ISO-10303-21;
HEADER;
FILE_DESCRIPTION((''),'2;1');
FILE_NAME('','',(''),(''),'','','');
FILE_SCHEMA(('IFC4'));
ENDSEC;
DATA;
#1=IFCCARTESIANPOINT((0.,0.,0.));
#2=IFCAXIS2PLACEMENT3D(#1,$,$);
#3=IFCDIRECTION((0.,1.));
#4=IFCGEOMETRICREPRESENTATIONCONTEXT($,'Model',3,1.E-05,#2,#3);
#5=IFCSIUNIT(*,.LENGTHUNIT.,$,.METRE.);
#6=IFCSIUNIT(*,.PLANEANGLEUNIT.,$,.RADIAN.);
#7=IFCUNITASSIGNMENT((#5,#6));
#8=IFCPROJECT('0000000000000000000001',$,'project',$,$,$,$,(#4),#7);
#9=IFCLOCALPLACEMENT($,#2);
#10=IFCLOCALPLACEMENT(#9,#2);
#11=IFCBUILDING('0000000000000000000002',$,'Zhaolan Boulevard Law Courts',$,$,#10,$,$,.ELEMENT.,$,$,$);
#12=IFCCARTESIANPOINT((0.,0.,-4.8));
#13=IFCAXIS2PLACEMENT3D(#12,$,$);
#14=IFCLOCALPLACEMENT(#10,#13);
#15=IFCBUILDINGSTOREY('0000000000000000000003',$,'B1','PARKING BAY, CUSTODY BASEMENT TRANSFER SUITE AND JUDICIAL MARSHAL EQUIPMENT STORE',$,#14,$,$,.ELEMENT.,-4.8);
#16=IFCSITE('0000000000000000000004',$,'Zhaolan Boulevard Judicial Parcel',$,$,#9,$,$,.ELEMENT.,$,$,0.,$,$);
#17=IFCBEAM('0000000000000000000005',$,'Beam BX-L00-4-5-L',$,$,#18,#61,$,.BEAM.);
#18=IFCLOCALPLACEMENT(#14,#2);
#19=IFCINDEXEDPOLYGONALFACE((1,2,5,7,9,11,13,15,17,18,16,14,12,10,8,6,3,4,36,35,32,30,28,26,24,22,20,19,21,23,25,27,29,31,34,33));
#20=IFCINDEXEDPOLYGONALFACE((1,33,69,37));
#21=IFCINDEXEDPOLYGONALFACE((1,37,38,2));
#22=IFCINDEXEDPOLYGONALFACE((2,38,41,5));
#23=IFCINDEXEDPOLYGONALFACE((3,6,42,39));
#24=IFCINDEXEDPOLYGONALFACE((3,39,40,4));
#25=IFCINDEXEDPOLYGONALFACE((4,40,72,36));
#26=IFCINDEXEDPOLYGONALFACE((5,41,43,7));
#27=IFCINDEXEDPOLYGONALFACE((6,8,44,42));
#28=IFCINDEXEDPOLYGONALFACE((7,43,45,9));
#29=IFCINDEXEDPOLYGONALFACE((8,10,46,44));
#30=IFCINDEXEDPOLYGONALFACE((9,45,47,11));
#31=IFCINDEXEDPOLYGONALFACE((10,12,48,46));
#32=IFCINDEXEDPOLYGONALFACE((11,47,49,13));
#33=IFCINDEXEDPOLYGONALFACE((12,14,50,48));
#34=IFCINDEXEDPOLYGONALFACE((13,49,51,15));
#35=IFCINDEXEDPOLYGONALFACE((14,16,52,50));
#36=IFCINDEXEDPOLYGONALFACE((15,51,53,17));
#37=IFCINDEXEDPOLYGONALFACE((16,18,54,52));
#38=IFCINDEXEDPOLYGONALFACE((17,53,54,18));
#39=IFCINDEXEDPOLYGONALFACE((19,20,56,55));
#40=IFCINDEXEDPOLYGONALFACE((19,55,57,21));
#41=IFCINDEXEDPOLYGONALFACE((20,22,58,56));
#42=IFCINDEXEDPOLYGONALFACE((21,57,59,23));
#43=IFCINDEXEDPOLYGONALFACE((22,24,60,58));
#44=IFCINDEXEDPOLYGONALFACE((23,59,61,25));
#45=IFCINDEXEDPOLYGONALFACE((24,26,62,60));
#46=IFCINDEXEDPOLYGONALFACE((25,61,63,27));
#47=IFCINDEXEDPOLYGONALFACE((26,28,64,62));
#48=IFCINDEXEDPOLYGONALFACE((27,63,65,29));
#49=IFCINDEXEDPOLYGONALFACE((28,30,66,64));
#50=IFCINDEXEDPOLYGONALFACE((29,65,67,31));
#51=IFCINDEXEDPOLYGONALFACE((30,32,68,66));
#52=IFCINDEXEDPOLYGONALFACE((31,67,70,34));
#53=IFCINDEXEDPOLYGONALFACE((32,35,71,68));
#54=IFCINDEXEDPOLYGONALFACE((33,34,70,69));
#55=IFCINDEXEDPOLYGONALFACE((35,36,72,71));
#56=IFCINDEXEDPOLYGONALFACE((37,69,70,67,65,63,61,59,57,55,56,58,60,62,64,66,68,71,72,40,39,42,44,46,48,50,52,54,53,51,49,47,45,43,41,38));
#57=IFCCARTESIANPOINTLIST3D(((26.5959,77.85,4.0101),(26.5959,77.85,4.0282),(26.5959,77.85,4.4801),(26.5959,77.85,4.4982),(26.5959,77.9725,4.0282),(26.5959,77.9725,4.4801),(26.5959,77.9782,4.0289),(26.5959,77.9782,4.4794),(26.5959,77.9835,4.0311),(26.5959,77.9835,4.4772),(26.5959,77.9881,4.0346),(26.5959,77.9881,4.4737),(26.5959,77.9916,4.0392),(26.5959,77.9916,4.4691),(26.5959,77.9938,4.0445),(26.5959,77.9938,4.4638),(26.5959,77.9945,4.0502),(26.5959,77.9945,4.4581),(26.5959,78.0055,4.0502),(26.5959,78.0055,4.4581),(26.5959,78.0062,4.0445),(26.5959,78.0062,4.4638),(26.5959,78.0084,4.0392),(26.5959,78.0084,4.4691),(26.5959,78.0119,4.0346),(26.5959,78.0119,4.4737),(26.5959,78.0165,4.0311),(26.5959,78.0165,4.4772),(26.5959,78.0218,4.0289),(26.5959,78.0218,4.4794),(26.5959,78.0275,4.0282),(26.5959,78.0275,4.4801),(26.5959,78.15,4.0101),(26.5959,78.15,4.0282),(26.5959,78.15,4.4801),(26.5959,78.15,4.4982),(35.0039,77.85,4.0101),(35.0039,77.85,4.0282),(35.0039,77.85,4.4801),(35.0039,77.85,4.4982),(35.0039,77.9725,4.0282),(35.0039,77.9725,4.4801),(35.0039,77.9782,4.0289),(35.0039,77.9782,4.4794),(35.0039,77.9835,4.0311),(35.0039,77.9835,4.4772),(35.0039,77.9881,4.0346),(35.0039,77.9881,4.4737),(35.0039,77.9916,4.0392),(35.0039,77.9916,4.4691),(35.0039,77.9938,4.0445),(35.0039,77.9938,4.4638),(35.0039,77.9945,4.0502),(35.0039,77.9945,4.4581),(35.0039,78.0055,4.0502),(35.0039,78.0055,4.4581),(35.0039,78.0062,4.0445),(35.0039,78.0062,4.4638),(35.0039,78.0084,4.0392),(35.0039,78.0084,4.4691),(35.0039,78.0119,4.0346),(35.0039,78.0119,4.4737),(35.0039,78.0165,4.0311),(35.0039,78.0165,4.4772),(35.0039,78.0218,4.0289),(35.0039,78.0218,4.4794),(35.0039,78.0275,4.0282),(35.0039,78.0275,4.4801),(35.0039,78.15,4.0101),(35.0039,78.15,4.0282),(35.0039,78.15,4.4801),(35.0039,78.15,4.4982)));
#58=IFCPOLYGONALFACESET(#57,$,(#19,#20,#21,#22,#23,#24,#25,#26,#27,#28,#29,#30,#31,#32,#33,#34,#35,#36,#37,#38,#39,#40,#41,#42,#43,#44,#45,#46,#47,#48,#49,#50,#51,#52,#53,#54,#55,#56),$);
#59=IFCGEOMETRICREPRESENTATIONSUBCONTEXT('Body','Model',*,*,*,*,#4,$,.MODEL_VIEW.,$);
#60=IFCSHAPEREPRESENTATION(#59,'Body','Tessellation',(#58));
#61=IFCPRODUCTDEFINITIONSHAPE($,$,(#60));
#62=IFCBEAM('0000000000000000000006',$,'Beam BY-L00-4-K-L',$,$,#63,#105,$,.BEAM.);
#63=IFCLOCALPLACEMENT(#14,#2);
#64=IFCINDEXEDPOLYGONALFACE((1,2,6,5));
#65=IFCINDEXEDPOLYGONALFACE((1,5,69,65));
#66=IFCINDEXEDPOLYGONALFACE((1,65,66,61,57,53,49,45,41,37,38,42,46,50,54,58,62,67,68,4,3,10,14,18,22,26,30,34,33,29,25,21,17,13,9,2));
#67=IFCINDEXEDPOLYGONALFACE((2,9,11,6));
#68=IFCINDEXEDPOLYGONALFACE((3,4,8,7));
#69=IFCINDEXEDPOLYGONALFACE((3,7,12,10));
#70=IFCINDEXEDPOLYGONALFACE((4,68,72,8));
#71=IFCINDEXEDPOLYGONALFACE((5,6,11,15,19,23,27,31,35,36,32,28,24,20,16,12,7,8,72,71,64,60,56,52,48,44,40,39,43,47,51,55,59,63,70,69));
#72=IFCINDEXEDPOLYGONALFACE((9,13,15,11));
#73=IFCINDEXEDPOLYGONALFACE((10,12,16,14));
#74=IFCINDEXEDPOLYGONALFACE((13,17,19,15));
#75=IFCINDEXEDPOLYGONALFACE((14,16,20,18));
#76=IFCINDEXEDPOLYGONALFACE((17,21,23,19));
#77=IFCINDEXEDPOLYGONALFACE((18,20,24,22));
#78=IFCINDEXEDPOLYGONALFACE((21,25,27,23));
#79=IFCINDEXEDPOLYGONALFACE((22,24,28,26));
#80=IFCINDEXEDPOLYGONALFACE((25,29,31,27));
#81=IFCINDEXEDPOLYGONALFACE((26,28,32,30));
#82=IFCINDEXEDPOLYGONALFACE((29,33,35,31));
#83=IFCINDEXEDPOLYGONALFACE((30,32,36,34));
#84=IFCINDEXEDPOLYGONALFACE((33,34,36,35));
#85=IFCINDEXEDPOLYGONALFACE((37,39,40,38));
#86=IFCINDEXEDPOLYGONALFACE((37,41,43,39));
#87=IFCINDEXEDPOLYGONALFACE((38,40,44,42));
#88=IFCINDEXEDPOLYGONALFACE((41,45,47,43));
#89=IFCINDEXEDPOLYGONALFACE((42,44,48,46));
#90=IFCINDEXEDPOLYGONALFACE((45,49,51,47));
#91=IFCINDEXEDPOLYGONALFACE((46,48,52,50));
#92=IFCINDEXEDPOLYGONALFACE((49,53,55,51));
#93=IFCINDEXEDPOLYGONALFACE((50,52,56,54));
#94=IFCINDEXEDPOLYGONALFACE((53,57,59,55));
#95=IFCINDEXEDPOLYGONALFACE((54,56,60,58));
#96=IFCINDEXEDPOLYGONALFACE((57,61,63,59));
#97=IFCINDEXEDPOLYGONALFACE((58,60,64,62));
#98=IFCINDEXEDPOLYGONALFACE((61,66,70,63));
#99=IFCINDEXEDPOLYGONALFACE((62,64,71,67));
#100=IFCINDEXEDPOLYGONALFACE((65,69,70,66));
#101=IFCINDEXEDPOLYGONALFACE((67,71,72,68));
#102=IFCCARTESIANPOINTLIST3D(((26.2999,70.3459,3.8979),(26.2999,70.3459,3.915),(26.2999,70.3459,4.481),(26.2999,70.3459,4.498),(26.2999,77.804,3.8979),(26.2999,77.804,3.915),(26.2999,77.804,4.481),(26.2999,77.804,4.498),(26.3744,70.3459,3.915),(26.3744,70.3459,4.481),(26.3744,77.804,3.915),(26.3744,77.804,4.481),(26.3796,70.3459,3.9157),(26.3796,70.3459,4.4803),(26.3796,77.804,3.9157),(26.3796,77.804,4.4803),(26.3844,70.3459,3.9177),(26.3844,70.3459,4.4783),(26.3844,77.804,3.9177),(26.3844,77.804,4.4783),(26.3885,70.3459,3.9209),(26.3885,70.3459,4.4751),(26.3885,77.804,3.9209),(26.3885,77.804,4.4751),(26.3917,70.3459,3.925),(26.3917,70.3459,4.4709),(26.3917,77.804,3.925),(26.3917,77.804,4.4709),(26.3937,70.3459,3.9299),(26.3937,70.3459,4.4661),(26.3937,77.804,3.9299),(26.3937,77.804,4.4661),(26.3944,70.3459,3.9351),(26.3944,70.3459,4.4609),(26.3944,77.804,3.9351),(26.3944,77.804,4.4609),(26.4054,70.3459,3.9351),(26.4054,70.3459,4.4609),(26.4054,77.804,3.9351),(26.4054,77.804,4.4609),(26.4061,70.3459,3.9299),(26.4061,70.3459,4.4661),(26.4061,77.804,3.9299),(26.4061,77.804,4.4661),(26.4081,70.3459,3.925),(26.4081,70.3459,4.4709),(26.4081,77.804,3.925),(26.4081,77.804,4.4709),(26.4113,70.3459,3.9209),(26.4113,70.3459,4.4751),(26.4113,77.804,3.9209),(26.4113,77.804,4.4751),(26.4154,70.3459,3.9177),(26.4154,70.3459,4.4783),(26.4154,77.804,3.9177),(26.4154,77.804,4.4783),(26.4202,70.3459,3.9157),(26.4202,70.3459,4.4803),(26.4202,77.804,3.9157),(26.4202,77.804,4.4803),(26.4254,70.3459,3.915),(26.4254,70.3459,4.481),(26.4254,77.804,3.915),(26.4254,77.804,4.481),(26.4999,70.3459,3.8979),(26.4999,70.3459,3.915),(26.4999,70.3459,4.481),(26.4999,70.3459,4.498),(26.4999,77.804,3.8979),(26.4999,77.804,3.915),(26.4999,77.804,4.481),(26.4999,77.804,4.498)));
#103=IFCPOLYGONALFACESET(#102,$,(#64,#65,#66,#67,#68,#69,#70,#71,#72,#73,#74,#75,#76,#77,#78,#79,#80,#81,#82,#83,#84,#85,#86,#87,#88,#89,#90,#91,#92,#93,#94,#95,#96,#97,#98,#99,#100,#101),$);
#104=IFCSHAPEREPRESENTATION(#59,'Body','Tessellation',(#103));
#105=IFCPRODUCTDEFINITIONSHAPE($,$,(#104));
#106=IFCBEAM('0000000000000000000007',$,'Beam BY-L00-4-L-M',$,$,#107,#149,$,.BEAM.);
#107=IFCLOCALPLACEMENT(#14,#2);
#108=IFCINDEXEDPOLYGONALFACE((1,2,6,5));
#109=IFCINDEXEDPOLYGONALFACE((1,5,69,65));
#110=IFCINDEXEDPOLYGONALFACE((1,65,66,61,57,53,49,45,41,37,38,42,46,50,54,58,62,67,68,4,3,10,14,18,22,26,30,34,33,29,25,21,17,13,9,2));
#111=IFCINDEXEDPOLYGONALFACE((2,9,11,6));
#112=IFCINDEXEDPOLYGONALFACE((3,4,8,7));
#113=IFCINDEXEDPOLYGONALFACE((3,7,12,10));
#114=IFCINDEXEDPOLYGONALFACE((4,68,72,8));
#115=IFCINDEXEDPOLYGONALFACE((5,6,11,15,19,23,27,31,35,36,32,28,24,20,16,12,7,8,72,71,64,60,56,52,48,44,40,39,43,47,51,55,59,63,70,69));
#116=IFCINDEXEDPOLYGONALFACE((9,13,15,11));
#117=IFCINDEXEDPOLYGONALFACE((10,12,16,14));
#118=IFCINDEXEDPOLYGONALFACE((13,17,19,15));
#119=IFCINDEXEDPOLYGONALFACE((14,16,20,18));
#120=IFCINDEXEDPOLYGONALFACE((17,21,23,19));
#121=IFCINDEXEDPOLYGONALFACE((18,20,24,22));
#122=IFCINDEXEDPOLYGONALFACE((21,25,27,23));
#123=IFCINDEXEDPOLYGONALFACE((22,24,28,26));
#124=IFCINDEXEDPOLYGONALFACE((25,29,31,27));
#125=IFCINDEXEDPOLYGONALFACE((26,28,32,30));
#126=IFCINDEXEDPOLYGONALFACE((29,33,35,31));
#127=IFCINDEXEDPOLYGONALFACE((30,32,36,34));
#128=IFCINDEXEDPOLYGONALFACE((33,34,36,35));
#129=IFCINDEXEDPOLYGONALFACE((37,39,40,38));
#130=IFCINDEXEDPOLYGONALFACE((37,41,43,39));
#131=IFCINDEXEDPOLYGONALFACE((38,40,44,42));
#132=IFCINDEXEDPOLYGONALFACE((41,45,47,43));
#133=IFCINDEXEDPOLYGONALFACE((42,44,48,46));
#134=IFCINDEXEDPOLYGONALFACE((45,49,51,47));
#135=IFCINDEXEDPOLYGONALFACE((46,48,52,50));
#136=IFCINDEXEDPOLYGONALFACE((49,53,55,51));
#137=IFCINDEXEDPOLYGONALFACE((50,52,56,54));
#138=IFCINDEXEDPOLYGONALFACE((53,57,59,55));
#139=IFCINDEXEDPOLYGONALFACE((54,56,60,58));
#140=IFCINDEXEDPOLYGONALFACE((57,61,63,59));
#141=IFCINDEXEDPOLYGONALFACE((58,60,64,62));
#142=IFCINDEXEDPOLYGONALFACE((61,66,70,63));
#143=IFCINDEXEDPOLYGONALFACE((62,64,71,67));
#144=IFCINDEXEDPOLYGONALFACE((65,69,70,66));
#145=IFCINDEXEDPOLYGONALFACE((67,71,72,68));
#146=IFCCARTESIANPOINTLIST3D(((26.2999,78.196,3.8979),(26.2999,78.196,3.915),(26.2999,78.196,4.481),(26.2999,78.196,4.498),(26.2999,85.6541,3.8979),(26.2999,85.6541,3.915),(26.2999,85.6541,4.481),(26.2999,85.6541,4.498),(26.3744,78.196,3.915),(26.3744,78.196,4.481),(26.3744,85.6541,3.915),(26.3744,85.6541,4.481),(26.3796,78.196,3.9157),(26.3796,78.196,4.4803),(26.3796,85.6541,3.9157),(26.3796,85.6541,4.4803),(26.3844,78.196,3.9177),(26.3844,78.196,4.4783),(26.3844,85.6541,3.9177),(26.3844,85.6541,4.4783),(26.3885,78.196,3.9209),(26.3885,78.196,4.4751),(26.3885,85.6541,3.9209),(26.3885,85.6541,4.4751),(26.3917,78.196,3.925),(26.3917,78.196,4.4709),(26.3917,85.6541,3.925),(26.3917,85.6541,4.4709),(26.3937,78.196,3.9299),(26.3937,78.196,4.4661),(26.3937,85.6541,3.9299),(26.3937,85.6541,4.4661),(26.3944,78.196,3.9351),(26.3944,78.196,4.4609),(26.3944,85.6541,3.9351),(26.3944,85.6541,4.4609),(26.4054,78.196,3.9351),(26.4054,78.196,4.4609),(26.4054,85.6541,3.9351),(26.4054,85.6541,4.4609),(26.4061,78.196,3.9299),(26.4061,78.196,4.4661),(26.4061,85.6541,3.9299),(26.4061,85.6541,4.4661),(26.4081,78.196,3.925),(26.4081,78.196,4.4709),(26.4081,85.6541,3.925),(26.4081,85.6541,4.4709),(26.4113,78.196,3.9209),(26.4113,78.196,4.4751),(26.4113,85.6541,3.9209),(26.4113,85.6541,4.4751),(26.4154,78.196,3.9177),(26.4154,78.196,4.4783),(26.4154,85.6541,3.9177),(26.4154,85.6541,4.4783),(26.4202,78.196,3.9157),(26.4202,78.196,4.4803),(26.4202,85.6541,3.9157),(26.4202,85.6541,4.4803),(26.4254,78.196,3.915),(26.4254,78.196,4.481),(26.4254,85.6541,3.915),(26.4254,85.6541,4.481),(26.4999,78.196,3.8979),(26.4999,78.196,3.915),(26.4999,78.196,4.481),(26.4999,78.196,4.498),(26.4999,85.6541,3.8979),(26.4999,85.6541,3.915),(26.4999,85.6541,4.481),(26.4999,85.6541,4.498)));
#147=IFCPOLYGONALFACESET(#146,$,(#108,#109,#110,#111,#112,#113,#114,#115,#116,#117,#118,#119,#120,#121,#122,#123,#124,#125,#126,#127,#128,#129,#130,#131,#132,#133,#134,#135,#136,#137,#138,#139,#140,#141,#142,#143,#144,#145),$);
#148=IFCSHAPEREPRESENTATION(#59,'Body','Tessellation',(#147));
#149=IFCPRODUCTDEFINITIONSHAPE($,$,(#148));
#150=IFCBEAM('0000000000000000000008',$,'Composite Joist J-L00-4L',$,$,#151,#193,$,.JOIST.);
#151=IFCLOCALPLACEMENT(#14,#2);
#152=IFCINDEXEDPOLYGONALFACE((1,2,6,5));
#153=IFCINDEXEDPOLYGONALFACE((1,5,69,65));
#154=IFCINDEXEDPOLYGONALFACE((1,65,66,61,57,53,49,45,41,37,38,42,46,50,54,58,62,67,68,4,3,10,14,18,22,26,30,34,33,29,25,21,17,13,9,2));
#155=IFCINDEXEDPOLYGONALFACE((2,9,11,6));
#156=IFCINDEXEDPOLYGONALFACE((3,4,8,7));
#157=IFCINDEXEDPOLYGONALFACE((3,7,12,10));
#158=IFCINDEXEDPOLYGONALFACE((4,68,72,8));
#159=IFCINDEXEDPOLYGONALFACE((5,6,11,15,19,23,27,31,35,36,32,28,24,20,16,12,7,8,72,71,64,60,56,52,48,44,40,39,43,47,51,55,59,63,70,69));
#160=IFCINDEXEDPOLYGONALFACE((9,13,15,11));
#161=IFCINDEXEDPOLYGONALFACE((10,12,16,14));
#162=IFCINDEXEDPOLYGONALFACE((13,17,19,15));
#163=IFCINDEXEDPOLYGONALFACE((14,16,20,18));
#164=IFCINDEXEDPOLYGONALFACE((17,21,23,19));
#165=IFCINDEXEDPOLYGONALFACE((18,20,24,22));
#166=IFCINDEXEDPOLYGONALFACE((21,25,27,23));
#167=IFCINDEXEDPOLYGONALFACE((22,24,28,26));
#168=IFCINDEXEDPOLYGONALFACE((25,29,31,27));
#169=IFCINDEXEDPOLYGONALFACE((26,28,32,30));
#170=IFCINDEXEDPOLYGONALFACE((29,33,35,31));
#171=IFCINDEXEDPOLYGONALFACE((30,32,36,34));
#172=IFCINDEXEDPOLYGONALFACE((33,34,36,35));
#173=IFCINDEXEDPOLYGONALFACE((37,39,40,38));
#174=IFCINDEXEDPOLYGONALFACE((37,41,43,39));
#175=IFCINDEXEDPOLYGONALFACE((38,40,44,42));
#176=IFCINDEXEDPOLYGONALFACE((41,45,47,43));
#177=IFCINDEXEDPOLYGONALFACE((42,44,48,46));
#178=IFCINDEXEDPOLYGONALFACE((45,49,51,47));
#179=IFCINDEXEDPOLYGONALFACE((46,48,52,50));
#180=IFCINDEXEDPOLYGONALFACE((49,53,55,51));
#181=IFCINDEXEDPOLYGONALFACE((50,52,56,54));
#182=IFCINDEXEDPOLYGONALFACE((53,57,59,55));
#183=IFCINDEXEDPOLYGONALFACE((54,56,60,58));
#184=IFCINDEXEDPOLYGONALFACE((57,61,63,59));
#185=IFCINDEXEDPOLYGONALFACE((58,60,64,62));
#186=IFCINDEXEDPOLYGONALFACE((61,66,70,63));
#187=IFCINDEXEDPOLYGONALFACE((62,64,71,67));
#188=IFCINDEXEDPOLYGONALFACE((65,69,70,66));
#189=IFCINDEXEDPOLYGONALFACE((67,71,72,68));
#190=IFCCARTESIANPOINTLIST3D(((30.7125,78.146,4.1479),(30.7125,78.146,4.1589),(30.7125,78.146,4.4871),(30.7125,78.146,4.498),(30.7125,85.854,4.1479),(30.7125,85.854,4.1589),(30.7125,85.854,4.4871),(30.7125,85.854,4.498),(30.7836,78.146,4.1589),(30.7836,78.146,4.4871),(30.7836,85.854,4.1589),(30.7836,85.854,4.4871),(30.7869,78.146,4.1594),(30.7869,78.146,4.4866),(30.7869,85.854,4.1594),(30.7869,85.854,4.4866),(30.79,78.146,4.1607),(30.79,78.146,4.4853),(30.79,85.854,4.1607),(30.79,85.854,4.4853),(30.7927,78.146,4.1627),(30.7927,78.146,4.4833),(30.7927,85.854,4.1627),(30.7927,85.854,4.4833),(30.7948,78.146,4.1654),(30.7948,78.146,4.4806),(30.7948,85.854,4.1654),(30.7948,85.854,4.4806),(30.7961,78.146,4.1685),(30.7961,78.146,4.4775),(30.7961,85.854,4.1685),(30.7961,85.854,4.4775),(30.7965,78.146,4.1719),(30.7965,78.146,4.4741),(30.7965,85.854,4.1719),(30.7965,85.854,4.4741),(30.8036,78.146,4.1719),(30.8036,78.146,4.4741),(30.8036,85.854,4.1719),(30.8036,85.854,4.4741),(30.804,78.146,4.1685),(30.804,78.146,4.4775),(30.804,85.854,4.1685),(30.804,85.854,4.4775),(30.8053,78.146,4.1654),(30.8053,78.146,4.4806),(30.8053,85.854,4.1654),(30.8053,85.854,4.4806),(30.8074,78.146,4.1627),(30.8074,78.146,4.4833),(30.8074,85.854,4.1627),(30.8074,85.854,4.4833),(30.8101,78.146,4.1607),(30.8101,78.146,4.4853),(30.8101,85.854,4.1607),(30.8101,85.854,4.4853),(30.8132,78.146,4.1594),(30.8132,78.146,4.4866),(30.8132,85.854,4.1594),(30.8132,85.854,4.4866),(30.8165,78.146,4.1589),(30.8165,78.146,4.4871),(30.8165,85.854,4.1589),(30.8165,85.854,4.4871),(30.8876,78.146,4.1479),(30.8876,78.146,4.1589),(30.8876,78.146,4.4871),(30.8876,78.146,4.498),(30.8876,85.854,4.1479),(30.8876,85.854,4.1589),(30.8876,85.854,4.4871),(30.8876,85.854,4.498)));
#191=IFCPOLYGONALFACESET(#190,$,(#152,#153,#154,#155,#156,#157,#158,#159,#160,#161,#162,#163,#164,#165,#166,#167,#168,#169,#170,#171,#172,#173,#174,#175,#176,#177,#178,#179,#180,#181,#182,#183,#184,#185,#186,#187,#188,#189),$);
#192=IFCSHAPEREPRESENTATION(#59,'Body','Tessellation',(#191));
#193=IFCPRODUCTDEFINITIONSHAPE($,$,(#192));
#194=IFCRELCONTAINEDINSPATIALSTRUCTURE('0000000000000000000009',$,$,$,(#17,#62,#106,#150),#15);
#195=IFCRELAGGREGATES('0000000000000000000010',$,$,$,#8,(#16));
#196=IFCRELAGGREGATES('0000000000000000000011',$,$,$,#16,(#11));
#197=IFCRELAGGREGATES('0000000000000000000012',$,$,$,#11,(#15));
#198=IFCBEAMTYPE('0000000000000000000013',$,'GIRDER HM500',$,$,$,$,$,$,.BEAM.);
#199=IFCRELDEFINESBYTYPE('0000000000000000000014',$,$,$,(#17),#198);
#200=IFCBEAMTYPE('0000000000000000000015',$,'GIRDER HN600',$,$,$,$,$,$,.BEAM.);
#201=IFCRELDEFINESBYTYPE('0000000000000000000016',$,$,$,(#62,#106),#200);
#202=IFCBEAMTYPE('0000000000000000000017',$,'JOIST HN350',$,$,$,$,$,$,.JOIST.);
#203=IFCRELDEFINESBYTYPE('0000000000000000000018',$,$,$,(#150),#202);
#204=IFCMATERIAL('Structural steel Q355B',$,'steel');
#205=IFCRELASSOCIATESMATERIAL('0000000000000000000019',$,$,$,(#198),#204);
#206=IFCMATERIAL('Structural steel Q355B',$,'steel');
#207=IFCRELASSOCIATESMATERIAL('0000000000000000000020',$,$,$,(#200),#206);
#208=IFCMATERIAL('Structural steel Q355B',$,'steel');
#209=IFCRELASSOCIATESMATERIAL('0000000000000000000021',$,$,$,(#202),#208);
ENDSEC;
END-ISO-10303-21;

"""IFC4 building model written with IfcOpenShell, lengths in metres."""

from ifc_helpers import new_model, si_unit, direction, frame, origin, origin_2d, place, context, subcontext, project, spatial, i_section, extrude, material, material_profile, profile_set, type_object, element, save


model = new_model("IFC4")

# Units and contexts
model_context = context("Model", 3, precision=1e-05, world=origin(), true_north=direction((0.0, 1.0)))
body_context = subcontext(model_context, "Body", "Model", "MODEL_VIEW")
ifc_project = project(units=[si_unit("LENGTHUNIT", "METRE"), si_unit("PLANEANGLEUNIT", "RADIAN")], contexts=[model_context])

# Site, building, storey
site_placement = place(None, origin())
site = spatial("IfcSite", under=ifc_project, at=site_placement, Name="Zhaolan Boulevard Judicial Parcel", CompositionType="ELEMENT", RefElevation=0.0)
building_placement = place(site_placement, origin())
building = spatial("IfcBuilding", under=site, at=building_placement, Name="Zhaolan Boulevard Law Courts", CompositionType="ELEMENT")
storey_placement = place(building_placement, frame((0.0, 0.0, -4.8)))
storey = spatial("IfcBuildingStorey", under=building, at=storey_placement, Name="B1", Description="PARKING BAY, CUSTODY BASEMENT TRANSFER SUITE AND JUDICIAL MARSHAL EQUIPMENT STORE", CompositionType="ELEMENT", Elevation=-4.8)

# Beams
ifc_material_1 = material(Name="Structural steel Q355B", Category="steel")
ifc_material_profile_1 = material_profile(ifc_material_1, i_section(OverallWidth=0.3, OverallDepth=0.488, WebThickness=0.011, FlangeThickness=0.0181, FilletRadius=0.022, at=origin_2d()), Name="HM488x300")
ifc_profile_set_1 = profile_set([ifc_material_profile_1], Name="Structural steel Q355B")
beam_type_1 = type_object("IfcBeamType", Name="GIRDER HM500", PredefinedType="BEAM", material=ifc_profile_set_1)
beam_1_placement = place(storey_placement, frame((26.5959, 78.0, 4.2542), z_axis=(1.0, 0.0, 0.0), x_axis=(0.0, 1.0, 0.0)))
element("IfcBeam", 1, at=beam_1_placement, inside=storey, type_object=beam_type_1, Name="Beam BX-L00-4-5-L", PredefinedType="BEAM", context=body_context, shape_type="SweptSolid", body=[
    extrude(i_section(OverallWidth=0.3, OverallDepth=0.488, WebThickness=0.011, FlangeThickness=0.0181, FilletRadius=0.022, at=origin_2d()), origin(), (0.0, 0.0, 1.0), 8.408),
])
ifc_material_2 = material(Name="Structural steel Q355B", Category="steel")
ifc_material_profile_2 = material_profile(ifc_material_2, i_section(OverallWidth=0.2, OverallDepth=0.6001, WebThickness=0.011, FlangeThickness=0.0171, FilletRadius=0.02, at=origin_2d()), Name="HN600x200")
ifc_profile_set_2 = profile_set([ifc_material_profile_2], Name="Structural steel Q355B")
beam_type_2 = type_object("IfcBeamType", Name="GIRDER HN600", PredefinedType="BEAM", material=ifc_profile_set_2)
for number, where, z_axis, x_axis, name in (
    (2, (26.3999, 70.3459, 4.198), (0.0, 1.0, 0.0), (-1.0, 0.0, 0.0), "Beam BY-L00-4-K-L"),
    (3, (26.3999, 78.196, 4.198), (0.0, 1.0, 0.0), (-1.0, 0.0, 0.0), "Beam BY-L00-4-L-M"),
):
    element("IfcBeam", number, at=place(storey_placement, frame(where, z_axis=z_axis, x_axis=x_axis)), inside=storey, type_object=beam_type_2, Name=name, PredefinedType="BEAM", context=body_context, shape_type="SweptSolid", body=[
        extrude(i_section(OverallWidth=0.2, OverallDepth=0.6001, WebThickness=0.011, FlangeThickness=0.0171, FilletRadius=0.02, at=origin_2d()), origin(), (0.0, 0.0, 1.0), 7.458),
    ])
ifc_material_3 = material(Name="Structural steel Q355B", Category="steel")
ifc_material_profile_3 = material_profile(ifc_material_3, i_section(OverallWidth=0.175, OverallDepth=0.3501, WebThickness=0.0071, FlangeThickness=0.011, FilletRadius=0.0129, at=origin_2d()), Name="HN350x175")
ifc_profile_set_3 = profile_set([ifc_material_profile_3], Name="Structural steel Q355B")
beam_type_3 = type_object("IfcBeamType", Name="JOIST HN350", PredefinedType="JOIST", material=ifc_profile_set_3)
beam_2_placement = place(storey_placement, frame((30.8, 78.146, 4.323), z_axis=(0.0, 1.0, 0.0), x_axis=(-1.0, 0.0, 0.0)))
element("IfcBeam", 4, at=beam_2_placement, inside=storey, type_object=beam_type_3, Name="Composite Joist J-L00-4L", PredefinedType="JOIST", context=body_context, shape_type="SweptSolid", body=[
    extrude(i_section(OverallWidth=0.175, OverallDepth=0.3501, WebThickness=0.0071, FlangeThickness=0.011, FilletRadius=0.0129, at=origin_2d()), origin(), (0.0, 0.0, 1.0), 7.708),
])

save(model, "model.ifc")
